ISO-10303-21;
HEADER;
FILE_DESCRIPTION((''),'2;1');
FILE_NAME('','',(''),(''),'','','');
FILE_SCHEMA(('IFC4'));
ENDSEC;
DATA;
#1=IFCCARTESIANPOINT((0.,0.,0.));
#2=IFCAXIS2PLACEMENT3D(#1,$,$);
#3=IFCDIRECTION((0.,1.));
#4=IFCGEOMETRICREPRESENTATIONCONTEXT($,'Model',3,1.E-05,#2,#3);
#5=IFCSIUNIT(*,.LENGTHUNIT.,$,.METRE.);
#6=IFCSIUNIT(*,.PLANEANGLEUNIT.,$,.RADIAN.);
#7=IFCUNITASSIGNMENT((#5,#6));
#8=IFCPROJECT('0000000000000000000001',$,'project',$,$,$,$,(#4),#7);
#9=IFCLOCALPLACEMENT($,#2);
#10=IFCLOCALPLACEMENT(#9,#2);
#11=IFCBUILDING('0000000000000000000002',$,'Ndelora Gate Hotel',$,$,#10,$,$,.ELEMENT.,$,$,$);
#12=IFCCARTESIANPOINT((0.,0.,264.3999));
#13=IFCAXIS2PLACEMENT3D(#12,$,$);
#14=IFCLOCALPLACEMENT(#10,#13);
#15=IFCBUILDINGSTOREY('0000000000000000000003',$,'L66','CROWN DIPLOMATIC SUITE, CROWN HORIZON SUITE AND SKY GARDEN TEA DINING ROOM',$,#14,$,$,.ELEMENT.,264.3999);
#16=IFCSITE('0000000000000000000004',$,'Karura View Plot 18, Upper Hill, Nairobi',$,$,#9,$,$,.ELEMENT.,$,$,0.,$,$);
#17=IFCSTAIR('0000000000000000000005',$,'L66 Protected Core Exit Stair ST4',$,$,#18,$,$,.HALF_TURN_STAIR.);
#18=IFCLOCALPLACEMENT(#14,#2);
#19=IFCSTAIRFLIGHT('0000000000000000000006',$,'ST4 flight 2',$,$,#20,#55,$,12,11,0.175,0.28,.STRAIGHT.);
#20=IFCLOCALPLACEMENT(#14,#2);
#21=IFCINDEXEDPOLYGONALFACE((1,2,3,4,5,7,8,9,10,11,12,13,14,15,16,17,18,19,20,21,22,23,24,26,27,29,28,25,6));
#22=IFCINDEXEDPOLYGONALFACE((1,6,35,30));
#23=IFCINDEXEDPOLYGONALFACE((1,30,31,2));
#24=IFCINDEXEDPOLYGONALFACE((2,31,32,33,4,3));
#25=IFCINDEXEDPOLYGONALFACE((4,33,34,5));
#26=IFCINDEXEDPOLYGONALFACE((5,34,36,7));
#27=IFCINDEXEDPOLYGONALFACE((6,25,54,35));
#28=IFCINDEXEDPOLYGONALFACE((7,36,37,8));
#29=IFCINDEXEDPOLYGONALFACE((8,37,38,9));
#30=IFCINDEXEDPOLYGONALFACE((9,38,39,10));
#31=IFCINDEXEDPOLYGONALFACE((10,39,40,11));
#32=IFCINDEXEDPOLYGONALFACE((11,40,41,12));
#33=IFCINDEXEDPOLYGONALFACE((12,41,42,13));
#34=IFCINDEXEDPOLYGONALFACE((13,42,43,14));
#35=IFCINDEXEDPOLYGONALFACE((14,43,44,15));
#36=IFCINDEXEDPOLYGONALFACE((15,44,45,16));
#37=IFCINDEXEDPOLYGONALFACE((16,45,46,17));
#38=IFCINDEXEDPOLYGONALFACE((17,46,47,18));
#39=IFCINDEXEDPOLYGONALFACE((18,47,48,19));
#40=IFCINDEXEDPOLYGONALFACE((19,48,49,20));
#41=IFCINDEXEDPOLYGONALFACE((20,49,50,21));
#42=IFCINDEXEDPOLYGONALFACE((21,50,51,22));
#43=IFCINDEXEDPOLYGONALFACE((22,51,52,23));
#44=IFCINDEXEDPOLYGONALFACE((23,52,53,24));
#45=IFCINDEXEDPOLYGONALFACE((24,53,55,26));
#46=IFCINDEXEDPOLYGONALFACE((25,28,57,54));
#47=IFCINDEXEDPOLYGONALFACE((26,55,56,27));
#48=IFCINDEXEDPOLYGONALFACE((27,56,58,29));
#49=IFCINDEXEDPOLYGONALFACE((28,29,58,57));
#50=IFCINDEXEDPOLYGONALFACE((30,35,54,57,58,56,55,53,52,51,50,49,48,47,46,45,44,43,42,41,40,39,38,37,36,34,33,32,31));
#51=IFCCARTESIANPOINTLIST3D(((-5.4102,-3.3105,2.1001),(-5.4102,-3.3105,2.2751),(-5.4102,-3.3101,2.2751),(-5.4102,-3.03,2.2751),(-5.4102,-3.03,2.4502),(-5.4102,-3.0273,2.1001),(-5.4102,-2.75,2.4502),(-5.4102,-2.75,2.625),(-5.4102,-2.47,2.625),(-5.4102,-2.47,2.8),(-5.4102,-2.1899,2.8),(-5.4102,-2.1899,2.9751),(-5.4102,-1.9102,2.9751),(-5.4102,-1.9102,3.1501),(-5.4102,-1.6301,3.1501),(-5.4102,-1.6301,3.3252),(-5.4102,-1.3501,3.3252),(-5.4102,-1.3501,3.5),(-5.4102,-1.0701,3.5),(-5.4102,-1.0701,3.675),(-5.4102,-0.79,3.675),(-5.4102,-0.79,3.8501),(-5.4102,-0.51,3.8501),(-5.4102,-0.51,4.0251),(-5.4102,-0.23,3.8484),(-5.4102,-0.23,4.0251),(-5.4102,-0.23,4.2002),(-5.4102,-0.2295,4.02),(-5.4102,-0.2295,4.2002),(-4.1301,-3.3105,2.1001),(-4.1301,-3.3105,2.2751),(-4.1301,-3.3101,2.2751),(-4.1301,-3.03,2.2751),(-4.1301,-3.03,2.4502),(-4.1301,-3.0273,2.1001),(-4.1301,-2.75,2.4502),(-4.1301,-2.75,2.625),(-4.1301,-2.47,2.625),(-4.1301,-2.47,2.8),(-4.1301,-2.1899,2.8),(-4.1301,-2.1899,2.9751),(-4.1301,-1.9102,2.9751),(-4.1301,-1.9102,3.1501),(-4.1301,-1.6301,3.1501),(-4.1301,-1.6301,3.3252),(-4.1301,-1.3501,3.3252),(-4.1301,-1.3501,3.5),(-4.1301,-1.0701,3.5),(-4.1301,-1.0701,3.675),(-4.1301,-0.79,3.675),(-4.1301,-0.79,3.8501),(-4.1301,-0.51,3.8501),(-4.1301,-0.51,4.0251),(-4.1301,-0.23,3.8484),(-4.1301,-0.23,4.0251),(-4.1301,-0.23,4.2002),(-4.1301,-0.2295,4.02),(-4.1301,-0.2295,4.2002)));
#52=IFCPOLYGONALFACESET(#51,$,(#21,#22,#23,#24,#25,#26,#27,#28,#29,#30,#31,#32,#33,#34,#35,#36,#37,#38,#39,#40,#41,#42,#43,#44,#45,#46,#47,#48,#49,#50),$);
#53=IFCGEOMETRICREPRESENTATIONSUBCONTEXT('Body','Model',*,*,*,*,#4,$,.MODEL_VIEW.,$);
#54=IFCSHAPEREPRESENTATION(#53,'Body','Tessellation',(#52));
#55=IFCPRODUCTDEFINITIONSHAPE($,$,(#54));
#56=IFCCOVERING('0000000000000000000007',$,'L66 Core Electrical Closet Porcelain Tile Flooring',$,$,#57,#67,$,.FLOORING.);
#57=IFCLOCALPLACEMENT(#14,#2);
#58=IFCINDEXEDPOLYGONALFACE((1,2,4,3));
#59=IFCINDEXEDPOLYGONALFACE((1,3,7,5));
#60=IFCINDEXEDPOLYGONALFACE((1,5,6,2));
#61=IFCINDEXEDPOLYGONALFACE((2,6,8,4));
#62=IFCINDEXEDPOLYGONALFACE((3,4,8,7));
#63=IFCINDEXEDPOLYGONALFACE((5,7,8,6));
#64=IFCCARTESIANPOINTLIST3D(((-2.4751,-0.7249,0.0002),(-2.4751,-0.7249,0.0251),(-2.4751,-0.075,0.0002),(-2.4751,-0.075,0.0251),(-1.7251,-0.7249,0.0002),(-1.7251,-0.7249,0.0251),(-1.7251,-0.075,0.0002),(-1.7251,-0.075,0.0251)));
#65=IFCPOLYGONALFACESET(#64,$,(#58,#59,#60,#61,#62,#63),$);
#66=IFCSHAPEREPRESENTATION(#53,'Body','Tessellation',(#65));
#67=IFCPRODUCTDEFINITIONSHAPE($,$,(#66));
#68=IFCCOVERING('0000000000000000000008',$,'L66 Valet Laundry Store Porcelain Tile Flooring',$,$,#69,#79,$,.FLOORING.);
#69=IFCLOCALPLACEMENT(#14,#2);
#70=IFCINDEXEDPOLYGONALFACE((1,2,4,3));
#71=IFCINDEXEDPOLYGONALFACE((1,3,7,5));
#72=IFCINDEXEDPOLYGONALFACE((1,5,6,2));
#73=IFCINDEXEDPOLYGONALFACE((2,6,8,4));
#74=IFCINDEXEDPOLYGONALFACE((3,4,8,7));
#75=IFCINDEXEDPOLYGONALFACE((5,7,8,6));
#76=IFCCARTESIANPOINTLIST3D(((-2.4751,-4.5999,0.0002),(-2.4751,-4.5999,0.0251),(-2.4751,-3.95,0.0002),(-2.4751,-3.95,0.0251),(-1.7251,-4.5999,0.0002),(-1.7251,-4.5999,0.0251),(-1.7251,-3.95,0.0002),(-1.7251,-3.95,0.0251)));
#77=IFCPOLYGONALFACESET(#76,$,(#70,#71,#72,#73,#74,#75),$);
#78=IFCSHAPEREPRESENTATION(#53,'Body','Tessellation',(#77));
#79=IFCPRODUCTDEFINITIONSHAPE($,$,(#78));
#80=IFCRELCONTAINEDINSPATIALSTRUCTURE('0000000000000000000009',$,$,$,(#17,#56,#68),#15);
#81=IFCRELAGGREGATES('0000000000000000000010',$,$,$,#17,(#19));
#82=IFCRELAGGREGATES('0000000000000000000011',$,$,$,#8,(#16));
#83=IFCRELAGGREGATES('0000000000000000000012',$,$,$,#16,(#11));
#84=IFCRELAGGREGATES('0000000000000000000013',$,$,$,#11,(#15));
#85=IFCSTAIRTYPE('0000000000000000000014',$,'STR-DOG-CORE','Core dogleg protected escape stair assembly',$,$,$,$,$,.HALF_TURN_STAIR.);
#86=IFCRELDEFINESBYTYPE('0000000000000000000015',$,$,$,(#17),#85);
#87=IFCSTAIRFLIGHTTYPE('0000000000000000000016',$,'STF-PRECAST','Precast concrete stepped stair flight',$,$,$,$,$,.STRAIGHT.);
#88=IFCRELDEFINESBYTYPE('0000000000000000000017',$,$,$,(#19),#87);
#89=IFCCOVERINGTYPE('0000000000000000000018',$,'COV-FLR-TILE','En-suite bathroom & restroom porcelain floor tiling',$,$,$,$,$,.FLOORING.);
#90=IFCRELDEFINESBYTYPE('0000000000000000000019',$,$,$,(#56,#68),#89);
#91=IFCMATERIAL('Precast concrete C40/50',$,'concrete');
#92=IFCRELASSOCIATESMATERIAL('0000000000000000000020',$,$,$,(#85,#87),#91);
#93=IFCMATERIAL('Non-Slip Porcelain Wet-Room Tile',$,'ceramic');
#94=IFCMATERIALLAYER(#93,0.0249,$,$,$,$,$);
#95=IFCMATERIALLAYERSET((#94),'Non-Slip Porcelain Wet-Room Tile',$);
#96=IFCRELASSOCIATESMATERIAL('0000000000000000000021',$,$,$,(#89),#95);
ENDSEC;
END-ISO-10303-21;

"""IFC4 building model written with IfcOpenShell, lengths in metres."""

from ifc_helpers import new_model, si_unit, direction, frame, origin, origin_2d, place, context, subcontext, project, spatial, polyline, rectangle, outline, extrude, material, layer, layer_set, type_object, element, aggregate, save


model = new_model("IFC4")

# Units and contexts
model_context = context("Model", 3, precision=1e-05, world=origin(), true_north=direction((0.0, 1.0)))
body_context = subcontext(model_context, "Body", "Model", "MODEL_VIEW")
ifc_project = project(units=[si_unit("LENGTHUNIT", "METRE"), si_unit("PLANEANGLEUNIT", "RADIAN")], contexts=[model_context])

# Site, building, storey
site_placement = place(None, origin())
site = spatial("IfcSite", under=ifc_project, at=site_placement, Name="Karura View Plot 18, Upper Hill, Nairobi", CompositionType="ELEMENT", RefElevation=0.0)
building_placement = place(site_placement, origin())
building = spatial("IfcBuilding", under=site, at=building_placement, Name="Ndelora Gate Hotel", CompositionType="ELEMENT")
storey_placement = place(building_placement, frame((0.0, 0.0, 264.3999)))
storey = spatial("IfcBuildingStorey", under=building, at=storey_placement, Name="L66", Description="CROWN DIPLOMATIC SUITE, CROWN HORIZON SUITE AND SKY GARDEN TEA DINING ROOM", CompositionType="ELEMENT", Elevation=264.3999)

# Stair, stair flight
ifc_material_1 = material(Name="Precast concrete C40/50", Category="concrete")
stair_type = type_object("IfcStairType", Name="STR-DOG-CORE", Description="Core dogleg protected escape stair assembly", PredefinedType="HALF_TURN_STAIR", material=ifc_material_1)
stair_placement = place(storey_placement, origin())
stair = element("IfcStair", 1, at=stair_placement, inside=storey, type_object=stair_type, Name="L66 Protected Core Exit Stair ST4", PredefinedType="HALF_TURN_STAIR")
stair_flight_type = type_object("IfcStairFlightType", Name="STF-PRECAST", Description="Precast concrete stepped stair flight", PredefinedType="STRAIGHT", material=ifc_material_1)
stair_flight_1_placement = place(storey_placement, frame((-4.77, -3.3101, 2.1001), z_axis=(0.0, 0.0, 1.0), x_axis=(0.0, 1.0, 0.0)))
stair_flight_1 = element("IfcStairFlight", 2, at=stair_flight_1_placement, type_object=stair_flight_type, Name="ST4 flight 2", NumberOfRisers=12, NumberOfTreads=11, PredefinedType="STRAIGHT", RiserHeight=0.175, TreadLength=0.28, context=body_context, shape_type="SweptSolid", body=[
    extrude(outline(polyline([(-0.0005, 0.0), (-0.0005, 0.175), (0.0, 0.175), (0.28, 0.175), (0.28, 0.3501), (0.5601, 0.3501), (0.5601, 0.5249), (0.8401, 0.5249), (0.8401, 0.7), (1.1201, 0.7), (1.1201, 0.875), (1.3999, 0.875), (1.3999, 1.05), (1.6799, 1.05), (1.6799, 1.2251), (1.96, 1.2251), (1.96, 1.3999), (2.24, 1.3999), (2.24, 1.575), (2.52, 1.575), (2.52, 1.75), (2.8, 1.75), (2.8, 1.925), (3.0801, 1.925), (3.0801, 2.1001), (3.0806, 2.1001), (3.0806, 1.9199), (3.0801, 1.7483), (0.2827, 0.0), (-0.0005, 0.0)])), frame((0.0, 0.6401, 0.0), z_axis=(0.0, -1.0, 0.0), x_axis=(1.0, 0.0, 0.0)), (0.0, 0.0, 1.0), 1.28),
])
aggregate(stair, [stair_flight_1])

# Coverings
ifc_material_2 = material(Name="Non-Slip Porcelain Wet-Room Tile", Category="ceramic")
ifc_layer_1 = layer(ifc_material_2, 0.0249)
ifc_layer_set_1 = layer_set([ifc_layer_1], Name="Non-Slip Porcelain Wet-Room Tile")
covering_type = type_object("IfcCoveringType", Name="COV-FLR-TILE", Description="En-suite bathroom & restroom porcelain floor tiling", PredefinedType="FLOORING", material=ifc_layer_set_1)
for number, where, z_axis, x_axis, name in (
    (3, (-2.1001, -0.3999, 0.0002), (0.0, 0.0, 1.0), (1.0, 0.0, 0.0), "L66 Core Electrical Closet Porcelain Tile Flooring"),
    (4, (-2.1001, -4.2749, 0.0002), (0.0, 0.0, 1.0), (1.0, 0.0, 0.0), "L66 Valet Laundry Store Porcelain Tile Flooring"),
):
    element("IfcCovering", number, at=place(storey_placement, frame(where, z_axis=z_axis, x_axis=x_axis)), inside=storey, type_object=covering_type, Name=name, PredefinedType="FLOORING", context=body_context, shape_type="SweptSolid", body=[
        extrude(rectangle(XDim=0.75, YDim=0.6499, at=origin_2d()), origin(), (0.0, 0.0, 1.0), 0.0249),
    ])

save(model, "model.ifc")
